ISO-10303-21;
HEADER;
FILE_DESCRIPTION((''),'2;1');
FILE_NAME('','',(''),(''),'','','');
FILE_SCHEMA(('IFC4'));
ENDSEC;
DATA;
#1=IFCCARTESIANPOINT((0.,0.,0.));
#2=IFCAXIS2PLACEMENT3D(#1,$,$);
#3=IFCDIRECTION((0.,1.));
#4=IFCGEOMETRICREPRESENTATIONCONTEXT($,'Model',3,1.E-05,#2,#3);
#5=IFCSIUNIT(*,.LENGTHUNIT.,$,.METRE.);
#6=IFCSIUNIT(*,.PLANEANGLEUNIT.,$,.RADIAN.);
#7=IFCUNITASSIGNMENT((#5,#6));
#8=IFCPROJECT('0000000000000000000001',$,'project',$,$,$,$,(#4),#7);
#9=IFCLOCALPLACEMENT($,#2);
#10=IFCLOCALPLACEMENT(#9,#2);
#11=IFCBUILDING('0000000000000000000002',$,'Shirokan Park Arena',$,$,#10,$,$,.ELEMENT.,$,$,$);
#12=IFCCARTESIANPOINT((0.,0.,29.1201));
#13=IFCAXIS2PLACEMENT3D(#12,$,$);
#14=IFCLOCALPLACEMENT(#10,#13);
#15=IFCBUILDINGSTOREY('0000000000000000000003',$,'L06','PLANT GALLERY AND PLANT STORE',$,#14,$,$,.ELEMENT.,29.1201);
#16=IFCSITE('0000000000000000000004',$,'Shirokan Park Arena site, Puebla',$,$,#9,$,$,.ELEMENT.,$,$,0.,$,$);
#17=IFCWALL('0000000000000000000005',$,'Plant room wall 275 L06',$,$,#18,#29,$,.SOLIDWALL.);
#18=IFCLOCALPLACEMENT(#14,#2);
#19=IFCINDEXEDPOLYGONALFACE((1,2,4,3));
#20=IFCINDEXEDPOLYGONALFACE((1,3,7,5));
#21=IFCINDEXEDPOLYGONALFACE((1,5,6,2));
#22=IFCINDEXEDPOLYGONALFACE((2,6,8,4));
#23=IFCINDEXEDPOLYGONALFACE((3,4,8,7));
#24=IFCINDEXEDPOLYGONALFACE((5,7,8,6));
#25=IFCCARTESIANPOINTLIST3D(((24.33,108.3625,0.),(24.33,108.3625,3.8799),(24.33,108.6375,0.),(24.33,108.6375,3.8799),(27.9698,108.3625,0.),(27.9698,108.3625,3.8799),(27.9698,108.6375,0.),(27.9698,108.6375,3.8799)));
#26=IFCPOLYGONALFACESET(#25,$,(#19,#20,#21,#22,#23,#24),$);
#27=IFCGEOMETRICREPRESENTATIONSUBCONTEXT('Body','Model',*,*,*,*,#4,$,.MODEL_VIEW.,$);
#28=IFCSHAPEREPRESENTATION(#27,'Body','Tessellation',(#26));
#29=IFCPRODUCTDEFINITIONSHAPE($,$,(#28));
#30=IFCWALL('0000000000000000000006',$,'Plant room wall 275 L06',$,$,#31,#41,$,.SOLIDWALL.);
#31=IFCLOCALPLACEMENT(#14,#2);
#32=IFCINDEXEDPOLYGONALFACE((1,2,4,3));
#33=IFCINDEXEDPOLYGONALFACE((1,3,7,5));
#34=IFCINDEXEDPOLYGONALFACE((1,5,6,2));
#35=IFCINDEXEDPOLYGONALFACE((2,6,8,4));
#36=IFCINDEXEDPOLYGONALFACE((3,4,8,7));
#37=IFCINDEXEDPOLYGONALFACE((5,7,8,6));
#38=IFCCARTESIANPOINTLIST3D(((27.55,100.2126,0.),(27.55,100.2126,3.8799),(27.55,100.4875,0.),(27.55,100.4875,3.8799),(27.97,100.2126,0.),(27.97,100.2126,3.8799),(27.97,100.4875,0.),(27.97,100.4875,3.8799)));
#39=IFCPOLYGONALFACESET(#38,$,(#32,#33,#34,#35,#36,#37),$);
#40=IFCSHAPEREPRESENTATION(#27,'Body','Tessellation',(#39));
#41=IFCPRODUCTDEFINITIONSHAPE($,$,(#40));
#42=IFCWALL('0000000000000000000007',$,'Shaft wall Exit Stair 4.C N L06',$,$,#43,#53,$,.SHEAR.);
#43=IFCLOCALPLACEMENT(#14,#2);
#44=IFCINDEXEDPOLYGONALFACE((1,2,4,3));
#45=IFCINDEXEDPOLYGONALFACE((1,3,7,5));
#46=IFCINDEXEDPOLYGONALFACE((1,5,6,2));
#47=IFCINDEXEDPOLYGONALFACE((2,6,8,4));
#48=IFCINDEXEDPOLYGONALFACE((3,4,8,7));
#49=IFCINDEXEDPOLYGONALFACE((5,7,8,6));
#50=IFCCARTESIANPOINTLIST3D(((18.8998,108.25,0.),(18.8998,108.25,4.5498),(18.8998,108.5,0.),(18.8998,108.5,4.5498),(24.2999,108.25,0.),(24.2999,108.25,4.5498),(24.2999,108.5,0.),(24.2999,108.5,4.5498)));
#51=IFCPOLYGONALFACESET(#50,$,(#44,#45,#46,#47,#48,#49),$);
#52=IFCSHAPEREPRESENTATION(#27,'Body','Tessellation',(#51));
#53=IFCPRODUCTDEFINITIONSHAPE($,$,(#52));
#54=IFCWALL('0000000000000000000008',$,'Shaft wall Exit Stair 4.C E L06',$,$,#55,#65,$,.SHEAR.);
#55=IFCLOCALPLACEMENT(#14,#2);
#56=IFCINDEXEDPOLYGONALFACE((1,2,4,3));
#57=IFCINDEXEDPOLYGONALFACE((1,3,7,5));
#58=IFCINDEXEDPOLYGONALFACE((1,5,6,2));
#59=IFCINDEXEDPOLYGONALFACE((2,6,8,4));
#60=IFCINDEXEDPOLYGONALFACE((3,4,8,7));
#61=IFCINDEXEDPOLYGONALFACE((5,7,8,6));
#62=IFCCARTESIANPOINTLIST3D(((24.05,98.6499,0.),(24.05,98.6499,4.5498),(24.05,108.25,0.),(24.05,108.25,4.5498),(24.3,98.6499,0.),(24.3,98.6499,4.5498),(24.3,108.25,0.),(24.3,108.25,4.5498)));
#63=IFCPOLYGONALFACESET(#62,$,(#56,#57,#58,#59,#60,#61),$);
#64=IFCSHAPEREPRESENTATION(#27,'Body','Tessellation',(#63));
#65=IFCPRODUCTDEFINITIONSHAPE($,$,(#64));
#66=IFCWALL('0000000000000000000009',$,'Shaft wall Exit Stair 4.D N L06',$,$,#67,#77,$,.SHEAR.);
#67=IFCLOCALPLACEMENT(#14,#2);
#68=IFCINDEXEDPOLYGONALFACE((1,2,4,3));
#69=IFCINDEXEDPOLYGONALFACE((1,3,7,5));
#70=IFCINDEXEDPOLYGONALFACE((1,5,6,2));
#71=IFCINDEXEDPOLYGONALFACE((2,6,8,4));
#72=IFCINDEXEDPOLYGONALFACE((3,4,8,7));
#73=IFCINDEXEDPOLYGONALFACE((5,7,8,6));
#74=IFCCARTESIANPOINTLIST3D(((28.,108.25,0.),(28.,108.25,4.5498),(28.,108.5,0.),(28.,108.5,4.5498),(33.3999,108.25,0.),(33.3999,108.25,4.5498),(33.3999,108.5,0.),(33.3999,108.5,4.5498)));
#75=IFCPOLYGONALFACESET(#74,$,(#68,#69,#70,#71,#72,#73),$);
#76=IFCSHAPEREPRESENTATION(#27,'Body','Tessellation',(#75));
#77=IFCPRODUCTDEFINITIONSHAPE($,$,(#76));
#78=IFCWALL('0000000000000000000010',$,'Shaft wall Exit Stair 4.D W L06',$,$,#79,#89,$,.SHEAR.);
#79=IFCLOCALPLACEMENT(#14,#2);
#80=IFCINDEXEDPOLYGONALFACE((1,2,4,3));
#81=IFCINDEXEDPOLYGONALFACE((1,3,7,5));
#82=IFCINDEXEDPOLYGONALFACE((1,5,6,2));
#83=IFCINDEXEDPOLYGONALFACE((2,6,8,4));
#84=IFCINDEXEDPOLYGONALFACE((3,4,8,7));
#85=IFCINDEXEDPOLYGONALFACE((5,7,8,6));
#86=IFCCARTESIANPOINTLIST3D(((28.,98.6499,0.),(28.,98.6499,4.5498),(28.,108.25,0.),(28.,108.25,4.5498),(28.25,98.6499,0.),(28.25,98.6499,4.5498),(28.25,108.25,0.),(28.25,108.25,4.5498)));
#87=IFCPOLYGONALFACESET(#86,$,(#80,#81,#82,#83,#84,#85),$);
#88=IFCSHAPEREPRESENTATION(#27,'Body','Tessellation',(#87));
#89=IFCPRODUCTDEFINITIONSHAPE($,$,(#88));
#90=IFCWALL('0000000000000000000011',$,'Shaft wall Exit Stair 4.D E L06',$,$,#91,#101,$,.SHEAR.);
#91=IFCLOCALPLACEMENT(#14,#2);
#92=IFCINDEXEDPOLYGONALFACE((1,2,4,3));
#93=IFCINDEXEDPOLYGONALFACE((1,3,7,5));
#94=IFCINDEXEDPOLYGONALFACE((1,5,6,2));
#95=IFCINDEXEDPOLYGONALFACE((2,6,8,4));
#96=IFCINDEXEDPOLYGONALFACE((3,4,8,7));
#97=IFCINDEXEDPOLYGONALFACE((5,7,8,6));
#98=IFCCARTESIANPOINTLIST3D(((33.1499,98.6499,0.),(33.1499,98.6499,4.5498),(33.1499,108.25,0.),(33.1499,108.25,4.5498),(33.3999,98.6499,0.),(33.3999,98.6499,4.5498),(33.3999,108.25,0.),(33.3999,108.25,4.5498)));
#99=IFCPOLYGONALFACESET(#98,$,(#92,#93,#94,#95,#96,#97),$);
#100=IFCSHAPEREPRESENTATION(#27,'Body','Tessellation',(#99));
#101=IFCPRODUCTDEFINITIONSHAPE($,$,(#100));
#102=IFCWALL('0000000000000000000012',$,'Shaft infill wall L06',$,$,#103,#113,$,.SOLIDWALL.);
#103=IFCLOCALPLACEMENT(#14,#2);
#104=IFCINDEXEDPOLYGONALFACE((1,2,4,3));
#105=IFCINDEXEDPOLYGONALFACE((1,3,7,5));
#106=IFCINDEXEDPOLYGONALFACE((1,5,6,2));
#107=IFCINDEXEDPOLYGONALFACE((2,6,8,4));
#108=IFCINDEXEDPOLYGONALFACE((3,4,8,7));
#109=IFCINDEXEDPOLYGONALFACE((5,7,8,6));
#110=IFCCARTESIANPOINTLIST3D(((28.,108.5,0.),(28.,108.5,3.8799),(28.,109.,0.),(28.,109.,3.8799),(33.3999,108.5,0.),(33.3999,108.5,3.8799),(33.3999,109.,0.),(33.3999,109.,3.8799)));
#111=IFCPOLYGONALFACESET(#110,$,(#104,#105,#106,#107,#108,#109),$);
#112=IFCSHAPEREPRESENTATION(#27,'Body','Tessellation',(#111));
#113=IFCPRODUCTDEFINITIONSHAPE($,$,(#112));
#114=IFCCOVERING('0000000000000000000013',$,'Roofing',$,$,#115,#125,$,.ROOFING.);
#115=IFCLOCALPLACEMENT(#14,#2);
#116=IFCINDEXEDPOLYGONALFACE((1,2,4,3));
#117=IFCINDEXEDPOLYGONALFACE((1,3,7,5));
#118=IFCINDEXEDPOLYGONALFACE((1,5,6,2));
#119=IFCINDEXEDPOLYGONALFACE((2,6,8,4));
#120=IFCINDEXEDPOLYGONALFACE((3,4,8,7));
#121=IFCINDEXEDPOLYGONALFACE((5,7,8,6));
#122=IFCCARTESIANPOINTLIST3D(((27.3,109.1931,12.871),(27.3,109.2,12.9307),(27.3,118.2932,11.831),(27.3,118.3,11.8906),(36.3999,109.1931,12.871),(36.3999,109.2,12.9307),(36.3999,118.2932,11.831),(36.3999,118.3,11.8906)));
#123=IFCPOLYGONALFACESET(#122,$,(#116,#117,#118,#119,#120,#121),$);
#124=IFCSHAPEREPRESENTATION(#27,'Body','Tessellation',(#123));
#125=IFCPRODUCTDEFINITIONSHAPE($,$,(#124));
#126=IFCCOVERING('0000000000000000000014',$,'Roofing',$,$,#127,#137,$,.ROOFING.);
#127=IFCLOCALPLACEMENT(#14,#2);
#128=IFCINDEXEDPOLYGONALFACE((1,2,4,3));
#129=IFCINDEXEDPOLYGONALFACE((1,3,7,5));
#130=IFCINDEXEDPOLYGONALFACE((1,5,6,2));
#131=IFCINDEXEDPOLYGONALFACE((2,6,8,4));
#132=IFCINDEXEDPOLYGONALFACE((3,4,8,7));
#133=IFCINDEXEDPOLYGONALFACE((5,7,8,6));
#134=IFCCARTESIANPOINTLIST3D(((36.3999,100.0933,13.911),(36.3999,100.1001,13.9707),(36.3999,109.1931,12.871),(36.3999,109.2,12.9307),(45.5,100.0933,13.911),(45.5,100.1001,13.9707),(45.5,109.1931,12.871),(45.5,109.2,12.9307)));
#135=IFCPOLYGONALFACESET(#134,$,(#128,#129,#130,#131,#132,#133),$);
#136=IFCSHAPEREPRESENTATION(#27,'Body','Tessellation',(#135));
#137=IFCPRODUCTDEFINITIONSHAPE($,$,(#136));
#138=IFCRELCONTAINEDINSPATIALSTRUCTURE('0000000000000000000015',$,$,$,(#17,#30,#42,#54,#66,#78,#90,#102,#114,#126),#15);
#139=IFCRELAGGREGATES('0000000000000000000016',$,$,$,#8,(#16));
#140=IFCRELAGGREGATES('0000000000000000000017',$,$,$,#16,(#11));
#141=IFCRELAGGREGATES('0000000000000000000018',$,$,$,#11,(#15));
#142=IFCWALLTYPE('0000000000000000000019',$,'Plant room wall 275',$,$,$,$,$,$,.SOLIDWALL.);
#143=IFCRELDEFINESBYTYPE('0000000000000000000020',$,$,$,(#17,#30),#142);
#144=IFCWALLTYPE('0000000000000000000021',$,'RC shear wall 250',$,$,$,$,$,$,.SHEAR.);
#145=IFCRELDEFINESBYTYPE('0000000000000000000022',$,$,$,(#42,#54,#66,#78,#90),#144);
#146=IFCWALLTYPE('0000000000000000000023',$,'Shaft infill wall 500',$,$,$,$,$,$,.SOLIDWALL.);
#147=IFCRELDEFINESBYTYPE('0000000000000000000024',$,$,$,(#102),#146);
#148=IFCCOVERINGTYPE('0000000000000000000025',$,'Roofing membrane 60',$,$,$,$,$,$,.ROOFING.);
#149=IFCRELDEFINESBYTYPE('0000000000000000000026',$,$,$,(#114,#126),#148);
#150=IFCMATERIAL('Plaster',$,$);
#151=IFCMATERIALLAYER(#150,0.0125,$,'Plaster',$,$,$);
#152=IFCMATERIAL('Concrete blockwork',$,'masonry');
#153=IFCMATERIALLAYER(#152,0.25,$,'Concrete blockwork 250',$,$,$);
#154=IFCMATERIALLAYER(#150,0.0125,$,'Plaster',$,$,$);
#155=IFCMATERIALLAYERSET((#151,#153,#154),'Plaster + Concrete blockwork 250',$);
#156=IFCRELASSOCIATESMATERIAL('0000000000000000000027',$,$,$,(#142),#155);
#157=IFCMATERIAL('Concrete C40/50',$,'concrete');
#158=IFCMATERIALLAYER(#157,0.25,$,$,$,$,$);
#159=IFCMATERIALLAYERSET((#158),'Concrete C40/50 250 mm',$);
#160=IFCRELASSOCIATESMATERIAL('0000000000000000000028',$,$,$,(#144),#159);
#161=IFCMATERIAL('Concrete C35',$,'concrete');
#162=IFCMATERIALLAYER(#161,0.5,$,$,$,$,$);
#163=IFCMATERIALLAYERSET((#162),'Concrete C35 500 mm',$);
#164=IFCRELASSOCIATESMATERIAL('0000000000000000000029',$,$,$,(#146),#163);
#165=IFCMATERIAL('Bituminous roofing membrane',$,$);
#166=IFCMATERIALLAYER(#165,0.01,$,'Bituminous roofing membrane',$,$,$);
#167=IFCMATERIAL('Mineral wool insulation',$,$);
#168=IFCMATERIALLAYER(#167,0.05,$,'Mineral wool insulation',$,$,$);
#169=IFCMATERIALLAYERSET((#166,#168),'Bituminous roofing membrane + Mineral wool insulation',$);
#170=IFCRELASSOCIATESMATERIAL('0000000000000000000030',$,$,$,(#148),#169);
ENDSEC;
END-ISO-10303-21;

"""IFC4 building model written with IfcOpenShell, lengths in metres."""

from ifc_helpers import new_model, si_unit, direction, frame, frame_2d, origin, place, context, subcontext, project, spatial, polyline, rectangle, outline, extrude, material, layer, layer_set, type_object, element, save


model = new_model("IFC4")

# Units and contexts
model_context = context("Model", 3, precision=1e-05, world=origin(), true_north=direction((0.0, 1.0)))
body_context = subcontext(model_context, "Body", "Model", "MODEL_VIEW")
ifc_project = project(units=[si_unit("LENGTHUNIT", "METRE"), si_unit("PLANEANGLEUNIT", "RADIAN")], contexts=[model_context])

# Site, building, storey
site_placement = place(None, origin())
site = spatial("IfcSite", under=ifc_project, at=site_placement, Name="Shirokan Park Arena site, Puebla", CompositionType="ELEMENT", RefElevation=0.0)
building_placement = place(site_placement, origin())
building = spatial("IfcBuilding", under=site, at=building_placement, Name="Shirokan Park Arena", CompositionType="ELEMENT")
storey_placement = place(building_placement, frame((0.0, 0.0, 29.1201)))
storey = spatial("IfcBuildingStorey", under=building, at=storey_placement, Name="L06", Description="PLANT GALLERY AND PLANT STORE", CompositionType="ELEMENT", Elevation=29.1201)

# Shared definitions
ifc_material_1 = material(Name="Concrete C35", Category="concrete")

# Walls
ifc_material_2 = material(Name="Plaster")
ifc_material_3 = material(Name="Concrete blockwork", Category="masonry")
ifc_material_4 = material(Name="Mineral wool insulation")
ifc_layer_1 = layer(ifc_material_2, 0.0125, Name="Plaster")
ifc_layer_2 = layer(ifc_material_3, 0.25, Name="Concrete blockwork 250")
ifc_layer_3 = layer(ifc_material_2, 0.0125, Name="Plaster")
ifc_layer_set_1 = layer_set([ifc_layer_1, ifc_layer_2, ifc_layer_3], Name="Plaster + Concrete blockwork 250")
wall_type_1 = type_object("IfcWallType", Name="Plant room wall 275", PredefinedType="SOLIDWALL", material=ifc_layer_set_1)
wall_1_placement = place(storey_placement, frame((24.3301, 108.5, 0.0), z_axis=(0.0, 0.0, 1.0), x_axis=(1.0, 0.0, 0.0)))
element("IfcWall", 1, at=wall_1_placement, inside=storey, type_object=wall_type_1, Name="Plant room wall 275 L06", PredefinedType="SOLIDWALL", context=body_context, shape_type="SweptSolid", body=[
    extrude(rectangle(XDim=3.6399, YDim=0.2749, at=frame_2d((1.8198, 0.0))), origin(), (0.0, 0.0, 1.0), 3.8799),
])
wall_2_placement = place(storey_placement, frame((27.97, 100.3501, 0.0), z_axis=(0.0, 0.0, 1.0), x_axis=(-1.0, 0.0, 0.0)))
element("IfcWall", 2, at=wall_2_placement, inside=storey, type_object=wall_type_1, Name="Plant room wall 275 L06", PredefinedType="SOLIDWALL", context=body_context, shape_type="SweptSolid", body=[
    extrude(rectangle(XDim=0.4199, YDim=0.2749, at=frame_2d((0.21, 0.0))), origin(), (0.0, 0.0, 1.0), 3.8799),
])
ifc_material_5 = material(Name="Concrete C40/50", Category="concrete")
ifc_layer_4 = layer(ifc_material_5, 0.25)
ifc_layer_set_2 = layer_set([ifc_layer_4], Name="Concrete C40/50 250 mm")
wall_type_2 = type_object("IfcWallType", Name="RC shear wall 250", PredefinedType="SHEAR", material=ifc_layer_set_2)
wall_3_placement = place(storey_placement, frame((24.3, 108.375, 0.0), z_axis=(0.0, 0.0, 1.0), x_axis=(-1.0, 0.0, 0.0)))
element("IfcWall", 3, at=wall_3_placement, inside=storey, type_object=wall_type_2, Name="Shaft wall Exit Stair 4.C N L06", PredefinedType="SHEAR", context=body_context, shape_type="SweptSolid", body=[
    extrude(rectangle(XDim=5.4001, YDim=0.25, at=frame_2d((2.7002, 0.0))), origin(), (0.0, 0.0, 1.0), 4.5498),
])
wall_4_placement = place(storey_placement, frame((24.175, 108.25, 0.0), z_axis=(0.0, 0.0, 1.0), x_axis=(0.0, -1.0, 0.0)))
element("IfcWall", 4, at=wall_4_placement, inside=storey, type_object=wall_type_2, Name="Shaft wall Exit Stair 4.C E L06", PredefinedType="SHEAR", context=body_context, shape_type="SweptSolid", body=[
    extrude(rectangle(XDim=9.6001, YDim=0.25, at=frame_2d((4.8, 0.0))), origin(), (0.0, 0.0, 1.0), 4.5498),
])
wall_5_placement = place(storey_placement, frame((33.3999, 108.375, 0.0), z_axis=(0.0, 0.0, 1.0), x_axis=(-1.0, 0.0, 0.0)))
element("IfcWall", 5, at=wall_5_placement, inside=storey, type_object=wall_type_2, Name="Shaft wall Exit Stair 4.D N L06", PredefinedType="SHEAR", context=body_context, shape_type="SweptSolid", body=[
    extrude(rectangle(XDim=5.3999, YDim=0.25, at=frame_2d((2.7, 0.0))), origin(), (0.0, 0.0, 1.0), 4.5498),
])
for number, where, z_axis, x_axis, name in (
    (6, (28.125, 108.25, 0.0), (0.0, 0.0, 1.0), (0.0, -1.0, 0.0), "Shaft wall Exit Stair 4.D W L06"),
    (7, (33.2749, 108.25, 0.0), (0.0, 0.0, 1.0), (0.0, -1.0, 0.0), "Shaft wall Exit Stair 4.D E L06"),
):
    element("IfcWall", number, at=place(storey_placement, frame(where, z_axis=z_axis, x_axis=x_axis)), inside=storey, type_object=wall_type_2, Name=name, PredefinedType="SHEAR", context=body_context, shape_type="SweptSolid", body=[
        extrude(rectangle(XDim=9.6001, YDim=0.25, at=frame_2d((4.8, 0.0))), origin(), (0.0, 0.0, 1.0), 4.5498),
    ])
ifc_layer_5 = layer(ifc_material_1, 0.5)
ifc_layer_set_3 = layer_set([ifc_layer_5], Name="Concrete C35 500 mm")
wall_type_3 = type_object("IfcWallType", Name="Shaft infill wall 500", PredefinedType="SOLIDWALL", material=ifc_layer_set_3)
wall_6_placement = place(storey_placement, frame((28.0, 108.75, 0.0), z_axis=(0.0, 0.0, 1.0), x_axis=(1.0, 0.0, 0.0)))
element("IfcWall", 8, at=wall_6_placement, inside=storey, type_object=wall_type_3, Name="Shaft infill wall L06", PredefinedType="SOLIDWALL", context=body_context, shape_type="SweptSolid", body=[
    extrude(rectangle(XDim=5.3999, YDim=0.5, at=frame_2d((2.7, 0.0))), origin(), (0.0, 0.0, 1.0), 3.8799),
])

# Coverings
ifc_material_6 = material(Name="Bituminous roofing membrane")
ifc_layer_6 = layer(ifc_material_6, 0.01, Name="Bituminous roofing membrane")
ifc_layer_7 = layer(ifc_material_4, 0.05, Name="Mineral wool insulation")
ifc_layer_set_4 = layer_set([ifc_layer_6, ifc_layer_7], Name="Bituminous roofing membrane + Mineral wool insulation")
covering_type = type_object("IfcCoveringType", Name="Roofing membrane 60", PredefinedType="ROOFING", material=ifc_layer_set_4)
covering_1_placement = place(storey_placement, frame((27.3, 109.2, 12.9307), z_axis=(0.0, 0.11355, 0.993532), x_axis=(1.0, 0.0, 0.0)))
element("IfcCovering", 9, at=covering_1_placement, inside=storey, type_object=covering_type, Name="Roofing", PredefinedType="ROOFING", context=body_context, shape_type="SweptSolid", body=[
    extrude(outline(polyline([(0.0, 0.0), (9.0999, 0.0), (9.0999, 9.1593), (0.0, 9.1593), (0.0, 0.0)])), origin(), (0.0, 0.0, -1.0), 0.0601),
])
covering_2_placement = place(storey_placement, frame((36.3999, 100.1001, 13.9707), z_axis=(0.0, 0.113553, 0.993532), x_axis=(1.0, 0.0, 0.0)))
element("IfcCovering", 10, at=covering_2_placement, inside=storey, type_object=covering_type, Name="Roofing", PredefinedType="ROOFING", context=body_context, shape_type="SweptSolid", body=[
    extrude(outline(polyline([(0.0, 0.0), (9.1001, 0.0), (9.1001, 9.1591), (0.0, 9.1591), (0.0, 0.0)])), origin(), (0.0, 0.0, -1.0), 0.0601),
])

save(model, "model.ifc")
